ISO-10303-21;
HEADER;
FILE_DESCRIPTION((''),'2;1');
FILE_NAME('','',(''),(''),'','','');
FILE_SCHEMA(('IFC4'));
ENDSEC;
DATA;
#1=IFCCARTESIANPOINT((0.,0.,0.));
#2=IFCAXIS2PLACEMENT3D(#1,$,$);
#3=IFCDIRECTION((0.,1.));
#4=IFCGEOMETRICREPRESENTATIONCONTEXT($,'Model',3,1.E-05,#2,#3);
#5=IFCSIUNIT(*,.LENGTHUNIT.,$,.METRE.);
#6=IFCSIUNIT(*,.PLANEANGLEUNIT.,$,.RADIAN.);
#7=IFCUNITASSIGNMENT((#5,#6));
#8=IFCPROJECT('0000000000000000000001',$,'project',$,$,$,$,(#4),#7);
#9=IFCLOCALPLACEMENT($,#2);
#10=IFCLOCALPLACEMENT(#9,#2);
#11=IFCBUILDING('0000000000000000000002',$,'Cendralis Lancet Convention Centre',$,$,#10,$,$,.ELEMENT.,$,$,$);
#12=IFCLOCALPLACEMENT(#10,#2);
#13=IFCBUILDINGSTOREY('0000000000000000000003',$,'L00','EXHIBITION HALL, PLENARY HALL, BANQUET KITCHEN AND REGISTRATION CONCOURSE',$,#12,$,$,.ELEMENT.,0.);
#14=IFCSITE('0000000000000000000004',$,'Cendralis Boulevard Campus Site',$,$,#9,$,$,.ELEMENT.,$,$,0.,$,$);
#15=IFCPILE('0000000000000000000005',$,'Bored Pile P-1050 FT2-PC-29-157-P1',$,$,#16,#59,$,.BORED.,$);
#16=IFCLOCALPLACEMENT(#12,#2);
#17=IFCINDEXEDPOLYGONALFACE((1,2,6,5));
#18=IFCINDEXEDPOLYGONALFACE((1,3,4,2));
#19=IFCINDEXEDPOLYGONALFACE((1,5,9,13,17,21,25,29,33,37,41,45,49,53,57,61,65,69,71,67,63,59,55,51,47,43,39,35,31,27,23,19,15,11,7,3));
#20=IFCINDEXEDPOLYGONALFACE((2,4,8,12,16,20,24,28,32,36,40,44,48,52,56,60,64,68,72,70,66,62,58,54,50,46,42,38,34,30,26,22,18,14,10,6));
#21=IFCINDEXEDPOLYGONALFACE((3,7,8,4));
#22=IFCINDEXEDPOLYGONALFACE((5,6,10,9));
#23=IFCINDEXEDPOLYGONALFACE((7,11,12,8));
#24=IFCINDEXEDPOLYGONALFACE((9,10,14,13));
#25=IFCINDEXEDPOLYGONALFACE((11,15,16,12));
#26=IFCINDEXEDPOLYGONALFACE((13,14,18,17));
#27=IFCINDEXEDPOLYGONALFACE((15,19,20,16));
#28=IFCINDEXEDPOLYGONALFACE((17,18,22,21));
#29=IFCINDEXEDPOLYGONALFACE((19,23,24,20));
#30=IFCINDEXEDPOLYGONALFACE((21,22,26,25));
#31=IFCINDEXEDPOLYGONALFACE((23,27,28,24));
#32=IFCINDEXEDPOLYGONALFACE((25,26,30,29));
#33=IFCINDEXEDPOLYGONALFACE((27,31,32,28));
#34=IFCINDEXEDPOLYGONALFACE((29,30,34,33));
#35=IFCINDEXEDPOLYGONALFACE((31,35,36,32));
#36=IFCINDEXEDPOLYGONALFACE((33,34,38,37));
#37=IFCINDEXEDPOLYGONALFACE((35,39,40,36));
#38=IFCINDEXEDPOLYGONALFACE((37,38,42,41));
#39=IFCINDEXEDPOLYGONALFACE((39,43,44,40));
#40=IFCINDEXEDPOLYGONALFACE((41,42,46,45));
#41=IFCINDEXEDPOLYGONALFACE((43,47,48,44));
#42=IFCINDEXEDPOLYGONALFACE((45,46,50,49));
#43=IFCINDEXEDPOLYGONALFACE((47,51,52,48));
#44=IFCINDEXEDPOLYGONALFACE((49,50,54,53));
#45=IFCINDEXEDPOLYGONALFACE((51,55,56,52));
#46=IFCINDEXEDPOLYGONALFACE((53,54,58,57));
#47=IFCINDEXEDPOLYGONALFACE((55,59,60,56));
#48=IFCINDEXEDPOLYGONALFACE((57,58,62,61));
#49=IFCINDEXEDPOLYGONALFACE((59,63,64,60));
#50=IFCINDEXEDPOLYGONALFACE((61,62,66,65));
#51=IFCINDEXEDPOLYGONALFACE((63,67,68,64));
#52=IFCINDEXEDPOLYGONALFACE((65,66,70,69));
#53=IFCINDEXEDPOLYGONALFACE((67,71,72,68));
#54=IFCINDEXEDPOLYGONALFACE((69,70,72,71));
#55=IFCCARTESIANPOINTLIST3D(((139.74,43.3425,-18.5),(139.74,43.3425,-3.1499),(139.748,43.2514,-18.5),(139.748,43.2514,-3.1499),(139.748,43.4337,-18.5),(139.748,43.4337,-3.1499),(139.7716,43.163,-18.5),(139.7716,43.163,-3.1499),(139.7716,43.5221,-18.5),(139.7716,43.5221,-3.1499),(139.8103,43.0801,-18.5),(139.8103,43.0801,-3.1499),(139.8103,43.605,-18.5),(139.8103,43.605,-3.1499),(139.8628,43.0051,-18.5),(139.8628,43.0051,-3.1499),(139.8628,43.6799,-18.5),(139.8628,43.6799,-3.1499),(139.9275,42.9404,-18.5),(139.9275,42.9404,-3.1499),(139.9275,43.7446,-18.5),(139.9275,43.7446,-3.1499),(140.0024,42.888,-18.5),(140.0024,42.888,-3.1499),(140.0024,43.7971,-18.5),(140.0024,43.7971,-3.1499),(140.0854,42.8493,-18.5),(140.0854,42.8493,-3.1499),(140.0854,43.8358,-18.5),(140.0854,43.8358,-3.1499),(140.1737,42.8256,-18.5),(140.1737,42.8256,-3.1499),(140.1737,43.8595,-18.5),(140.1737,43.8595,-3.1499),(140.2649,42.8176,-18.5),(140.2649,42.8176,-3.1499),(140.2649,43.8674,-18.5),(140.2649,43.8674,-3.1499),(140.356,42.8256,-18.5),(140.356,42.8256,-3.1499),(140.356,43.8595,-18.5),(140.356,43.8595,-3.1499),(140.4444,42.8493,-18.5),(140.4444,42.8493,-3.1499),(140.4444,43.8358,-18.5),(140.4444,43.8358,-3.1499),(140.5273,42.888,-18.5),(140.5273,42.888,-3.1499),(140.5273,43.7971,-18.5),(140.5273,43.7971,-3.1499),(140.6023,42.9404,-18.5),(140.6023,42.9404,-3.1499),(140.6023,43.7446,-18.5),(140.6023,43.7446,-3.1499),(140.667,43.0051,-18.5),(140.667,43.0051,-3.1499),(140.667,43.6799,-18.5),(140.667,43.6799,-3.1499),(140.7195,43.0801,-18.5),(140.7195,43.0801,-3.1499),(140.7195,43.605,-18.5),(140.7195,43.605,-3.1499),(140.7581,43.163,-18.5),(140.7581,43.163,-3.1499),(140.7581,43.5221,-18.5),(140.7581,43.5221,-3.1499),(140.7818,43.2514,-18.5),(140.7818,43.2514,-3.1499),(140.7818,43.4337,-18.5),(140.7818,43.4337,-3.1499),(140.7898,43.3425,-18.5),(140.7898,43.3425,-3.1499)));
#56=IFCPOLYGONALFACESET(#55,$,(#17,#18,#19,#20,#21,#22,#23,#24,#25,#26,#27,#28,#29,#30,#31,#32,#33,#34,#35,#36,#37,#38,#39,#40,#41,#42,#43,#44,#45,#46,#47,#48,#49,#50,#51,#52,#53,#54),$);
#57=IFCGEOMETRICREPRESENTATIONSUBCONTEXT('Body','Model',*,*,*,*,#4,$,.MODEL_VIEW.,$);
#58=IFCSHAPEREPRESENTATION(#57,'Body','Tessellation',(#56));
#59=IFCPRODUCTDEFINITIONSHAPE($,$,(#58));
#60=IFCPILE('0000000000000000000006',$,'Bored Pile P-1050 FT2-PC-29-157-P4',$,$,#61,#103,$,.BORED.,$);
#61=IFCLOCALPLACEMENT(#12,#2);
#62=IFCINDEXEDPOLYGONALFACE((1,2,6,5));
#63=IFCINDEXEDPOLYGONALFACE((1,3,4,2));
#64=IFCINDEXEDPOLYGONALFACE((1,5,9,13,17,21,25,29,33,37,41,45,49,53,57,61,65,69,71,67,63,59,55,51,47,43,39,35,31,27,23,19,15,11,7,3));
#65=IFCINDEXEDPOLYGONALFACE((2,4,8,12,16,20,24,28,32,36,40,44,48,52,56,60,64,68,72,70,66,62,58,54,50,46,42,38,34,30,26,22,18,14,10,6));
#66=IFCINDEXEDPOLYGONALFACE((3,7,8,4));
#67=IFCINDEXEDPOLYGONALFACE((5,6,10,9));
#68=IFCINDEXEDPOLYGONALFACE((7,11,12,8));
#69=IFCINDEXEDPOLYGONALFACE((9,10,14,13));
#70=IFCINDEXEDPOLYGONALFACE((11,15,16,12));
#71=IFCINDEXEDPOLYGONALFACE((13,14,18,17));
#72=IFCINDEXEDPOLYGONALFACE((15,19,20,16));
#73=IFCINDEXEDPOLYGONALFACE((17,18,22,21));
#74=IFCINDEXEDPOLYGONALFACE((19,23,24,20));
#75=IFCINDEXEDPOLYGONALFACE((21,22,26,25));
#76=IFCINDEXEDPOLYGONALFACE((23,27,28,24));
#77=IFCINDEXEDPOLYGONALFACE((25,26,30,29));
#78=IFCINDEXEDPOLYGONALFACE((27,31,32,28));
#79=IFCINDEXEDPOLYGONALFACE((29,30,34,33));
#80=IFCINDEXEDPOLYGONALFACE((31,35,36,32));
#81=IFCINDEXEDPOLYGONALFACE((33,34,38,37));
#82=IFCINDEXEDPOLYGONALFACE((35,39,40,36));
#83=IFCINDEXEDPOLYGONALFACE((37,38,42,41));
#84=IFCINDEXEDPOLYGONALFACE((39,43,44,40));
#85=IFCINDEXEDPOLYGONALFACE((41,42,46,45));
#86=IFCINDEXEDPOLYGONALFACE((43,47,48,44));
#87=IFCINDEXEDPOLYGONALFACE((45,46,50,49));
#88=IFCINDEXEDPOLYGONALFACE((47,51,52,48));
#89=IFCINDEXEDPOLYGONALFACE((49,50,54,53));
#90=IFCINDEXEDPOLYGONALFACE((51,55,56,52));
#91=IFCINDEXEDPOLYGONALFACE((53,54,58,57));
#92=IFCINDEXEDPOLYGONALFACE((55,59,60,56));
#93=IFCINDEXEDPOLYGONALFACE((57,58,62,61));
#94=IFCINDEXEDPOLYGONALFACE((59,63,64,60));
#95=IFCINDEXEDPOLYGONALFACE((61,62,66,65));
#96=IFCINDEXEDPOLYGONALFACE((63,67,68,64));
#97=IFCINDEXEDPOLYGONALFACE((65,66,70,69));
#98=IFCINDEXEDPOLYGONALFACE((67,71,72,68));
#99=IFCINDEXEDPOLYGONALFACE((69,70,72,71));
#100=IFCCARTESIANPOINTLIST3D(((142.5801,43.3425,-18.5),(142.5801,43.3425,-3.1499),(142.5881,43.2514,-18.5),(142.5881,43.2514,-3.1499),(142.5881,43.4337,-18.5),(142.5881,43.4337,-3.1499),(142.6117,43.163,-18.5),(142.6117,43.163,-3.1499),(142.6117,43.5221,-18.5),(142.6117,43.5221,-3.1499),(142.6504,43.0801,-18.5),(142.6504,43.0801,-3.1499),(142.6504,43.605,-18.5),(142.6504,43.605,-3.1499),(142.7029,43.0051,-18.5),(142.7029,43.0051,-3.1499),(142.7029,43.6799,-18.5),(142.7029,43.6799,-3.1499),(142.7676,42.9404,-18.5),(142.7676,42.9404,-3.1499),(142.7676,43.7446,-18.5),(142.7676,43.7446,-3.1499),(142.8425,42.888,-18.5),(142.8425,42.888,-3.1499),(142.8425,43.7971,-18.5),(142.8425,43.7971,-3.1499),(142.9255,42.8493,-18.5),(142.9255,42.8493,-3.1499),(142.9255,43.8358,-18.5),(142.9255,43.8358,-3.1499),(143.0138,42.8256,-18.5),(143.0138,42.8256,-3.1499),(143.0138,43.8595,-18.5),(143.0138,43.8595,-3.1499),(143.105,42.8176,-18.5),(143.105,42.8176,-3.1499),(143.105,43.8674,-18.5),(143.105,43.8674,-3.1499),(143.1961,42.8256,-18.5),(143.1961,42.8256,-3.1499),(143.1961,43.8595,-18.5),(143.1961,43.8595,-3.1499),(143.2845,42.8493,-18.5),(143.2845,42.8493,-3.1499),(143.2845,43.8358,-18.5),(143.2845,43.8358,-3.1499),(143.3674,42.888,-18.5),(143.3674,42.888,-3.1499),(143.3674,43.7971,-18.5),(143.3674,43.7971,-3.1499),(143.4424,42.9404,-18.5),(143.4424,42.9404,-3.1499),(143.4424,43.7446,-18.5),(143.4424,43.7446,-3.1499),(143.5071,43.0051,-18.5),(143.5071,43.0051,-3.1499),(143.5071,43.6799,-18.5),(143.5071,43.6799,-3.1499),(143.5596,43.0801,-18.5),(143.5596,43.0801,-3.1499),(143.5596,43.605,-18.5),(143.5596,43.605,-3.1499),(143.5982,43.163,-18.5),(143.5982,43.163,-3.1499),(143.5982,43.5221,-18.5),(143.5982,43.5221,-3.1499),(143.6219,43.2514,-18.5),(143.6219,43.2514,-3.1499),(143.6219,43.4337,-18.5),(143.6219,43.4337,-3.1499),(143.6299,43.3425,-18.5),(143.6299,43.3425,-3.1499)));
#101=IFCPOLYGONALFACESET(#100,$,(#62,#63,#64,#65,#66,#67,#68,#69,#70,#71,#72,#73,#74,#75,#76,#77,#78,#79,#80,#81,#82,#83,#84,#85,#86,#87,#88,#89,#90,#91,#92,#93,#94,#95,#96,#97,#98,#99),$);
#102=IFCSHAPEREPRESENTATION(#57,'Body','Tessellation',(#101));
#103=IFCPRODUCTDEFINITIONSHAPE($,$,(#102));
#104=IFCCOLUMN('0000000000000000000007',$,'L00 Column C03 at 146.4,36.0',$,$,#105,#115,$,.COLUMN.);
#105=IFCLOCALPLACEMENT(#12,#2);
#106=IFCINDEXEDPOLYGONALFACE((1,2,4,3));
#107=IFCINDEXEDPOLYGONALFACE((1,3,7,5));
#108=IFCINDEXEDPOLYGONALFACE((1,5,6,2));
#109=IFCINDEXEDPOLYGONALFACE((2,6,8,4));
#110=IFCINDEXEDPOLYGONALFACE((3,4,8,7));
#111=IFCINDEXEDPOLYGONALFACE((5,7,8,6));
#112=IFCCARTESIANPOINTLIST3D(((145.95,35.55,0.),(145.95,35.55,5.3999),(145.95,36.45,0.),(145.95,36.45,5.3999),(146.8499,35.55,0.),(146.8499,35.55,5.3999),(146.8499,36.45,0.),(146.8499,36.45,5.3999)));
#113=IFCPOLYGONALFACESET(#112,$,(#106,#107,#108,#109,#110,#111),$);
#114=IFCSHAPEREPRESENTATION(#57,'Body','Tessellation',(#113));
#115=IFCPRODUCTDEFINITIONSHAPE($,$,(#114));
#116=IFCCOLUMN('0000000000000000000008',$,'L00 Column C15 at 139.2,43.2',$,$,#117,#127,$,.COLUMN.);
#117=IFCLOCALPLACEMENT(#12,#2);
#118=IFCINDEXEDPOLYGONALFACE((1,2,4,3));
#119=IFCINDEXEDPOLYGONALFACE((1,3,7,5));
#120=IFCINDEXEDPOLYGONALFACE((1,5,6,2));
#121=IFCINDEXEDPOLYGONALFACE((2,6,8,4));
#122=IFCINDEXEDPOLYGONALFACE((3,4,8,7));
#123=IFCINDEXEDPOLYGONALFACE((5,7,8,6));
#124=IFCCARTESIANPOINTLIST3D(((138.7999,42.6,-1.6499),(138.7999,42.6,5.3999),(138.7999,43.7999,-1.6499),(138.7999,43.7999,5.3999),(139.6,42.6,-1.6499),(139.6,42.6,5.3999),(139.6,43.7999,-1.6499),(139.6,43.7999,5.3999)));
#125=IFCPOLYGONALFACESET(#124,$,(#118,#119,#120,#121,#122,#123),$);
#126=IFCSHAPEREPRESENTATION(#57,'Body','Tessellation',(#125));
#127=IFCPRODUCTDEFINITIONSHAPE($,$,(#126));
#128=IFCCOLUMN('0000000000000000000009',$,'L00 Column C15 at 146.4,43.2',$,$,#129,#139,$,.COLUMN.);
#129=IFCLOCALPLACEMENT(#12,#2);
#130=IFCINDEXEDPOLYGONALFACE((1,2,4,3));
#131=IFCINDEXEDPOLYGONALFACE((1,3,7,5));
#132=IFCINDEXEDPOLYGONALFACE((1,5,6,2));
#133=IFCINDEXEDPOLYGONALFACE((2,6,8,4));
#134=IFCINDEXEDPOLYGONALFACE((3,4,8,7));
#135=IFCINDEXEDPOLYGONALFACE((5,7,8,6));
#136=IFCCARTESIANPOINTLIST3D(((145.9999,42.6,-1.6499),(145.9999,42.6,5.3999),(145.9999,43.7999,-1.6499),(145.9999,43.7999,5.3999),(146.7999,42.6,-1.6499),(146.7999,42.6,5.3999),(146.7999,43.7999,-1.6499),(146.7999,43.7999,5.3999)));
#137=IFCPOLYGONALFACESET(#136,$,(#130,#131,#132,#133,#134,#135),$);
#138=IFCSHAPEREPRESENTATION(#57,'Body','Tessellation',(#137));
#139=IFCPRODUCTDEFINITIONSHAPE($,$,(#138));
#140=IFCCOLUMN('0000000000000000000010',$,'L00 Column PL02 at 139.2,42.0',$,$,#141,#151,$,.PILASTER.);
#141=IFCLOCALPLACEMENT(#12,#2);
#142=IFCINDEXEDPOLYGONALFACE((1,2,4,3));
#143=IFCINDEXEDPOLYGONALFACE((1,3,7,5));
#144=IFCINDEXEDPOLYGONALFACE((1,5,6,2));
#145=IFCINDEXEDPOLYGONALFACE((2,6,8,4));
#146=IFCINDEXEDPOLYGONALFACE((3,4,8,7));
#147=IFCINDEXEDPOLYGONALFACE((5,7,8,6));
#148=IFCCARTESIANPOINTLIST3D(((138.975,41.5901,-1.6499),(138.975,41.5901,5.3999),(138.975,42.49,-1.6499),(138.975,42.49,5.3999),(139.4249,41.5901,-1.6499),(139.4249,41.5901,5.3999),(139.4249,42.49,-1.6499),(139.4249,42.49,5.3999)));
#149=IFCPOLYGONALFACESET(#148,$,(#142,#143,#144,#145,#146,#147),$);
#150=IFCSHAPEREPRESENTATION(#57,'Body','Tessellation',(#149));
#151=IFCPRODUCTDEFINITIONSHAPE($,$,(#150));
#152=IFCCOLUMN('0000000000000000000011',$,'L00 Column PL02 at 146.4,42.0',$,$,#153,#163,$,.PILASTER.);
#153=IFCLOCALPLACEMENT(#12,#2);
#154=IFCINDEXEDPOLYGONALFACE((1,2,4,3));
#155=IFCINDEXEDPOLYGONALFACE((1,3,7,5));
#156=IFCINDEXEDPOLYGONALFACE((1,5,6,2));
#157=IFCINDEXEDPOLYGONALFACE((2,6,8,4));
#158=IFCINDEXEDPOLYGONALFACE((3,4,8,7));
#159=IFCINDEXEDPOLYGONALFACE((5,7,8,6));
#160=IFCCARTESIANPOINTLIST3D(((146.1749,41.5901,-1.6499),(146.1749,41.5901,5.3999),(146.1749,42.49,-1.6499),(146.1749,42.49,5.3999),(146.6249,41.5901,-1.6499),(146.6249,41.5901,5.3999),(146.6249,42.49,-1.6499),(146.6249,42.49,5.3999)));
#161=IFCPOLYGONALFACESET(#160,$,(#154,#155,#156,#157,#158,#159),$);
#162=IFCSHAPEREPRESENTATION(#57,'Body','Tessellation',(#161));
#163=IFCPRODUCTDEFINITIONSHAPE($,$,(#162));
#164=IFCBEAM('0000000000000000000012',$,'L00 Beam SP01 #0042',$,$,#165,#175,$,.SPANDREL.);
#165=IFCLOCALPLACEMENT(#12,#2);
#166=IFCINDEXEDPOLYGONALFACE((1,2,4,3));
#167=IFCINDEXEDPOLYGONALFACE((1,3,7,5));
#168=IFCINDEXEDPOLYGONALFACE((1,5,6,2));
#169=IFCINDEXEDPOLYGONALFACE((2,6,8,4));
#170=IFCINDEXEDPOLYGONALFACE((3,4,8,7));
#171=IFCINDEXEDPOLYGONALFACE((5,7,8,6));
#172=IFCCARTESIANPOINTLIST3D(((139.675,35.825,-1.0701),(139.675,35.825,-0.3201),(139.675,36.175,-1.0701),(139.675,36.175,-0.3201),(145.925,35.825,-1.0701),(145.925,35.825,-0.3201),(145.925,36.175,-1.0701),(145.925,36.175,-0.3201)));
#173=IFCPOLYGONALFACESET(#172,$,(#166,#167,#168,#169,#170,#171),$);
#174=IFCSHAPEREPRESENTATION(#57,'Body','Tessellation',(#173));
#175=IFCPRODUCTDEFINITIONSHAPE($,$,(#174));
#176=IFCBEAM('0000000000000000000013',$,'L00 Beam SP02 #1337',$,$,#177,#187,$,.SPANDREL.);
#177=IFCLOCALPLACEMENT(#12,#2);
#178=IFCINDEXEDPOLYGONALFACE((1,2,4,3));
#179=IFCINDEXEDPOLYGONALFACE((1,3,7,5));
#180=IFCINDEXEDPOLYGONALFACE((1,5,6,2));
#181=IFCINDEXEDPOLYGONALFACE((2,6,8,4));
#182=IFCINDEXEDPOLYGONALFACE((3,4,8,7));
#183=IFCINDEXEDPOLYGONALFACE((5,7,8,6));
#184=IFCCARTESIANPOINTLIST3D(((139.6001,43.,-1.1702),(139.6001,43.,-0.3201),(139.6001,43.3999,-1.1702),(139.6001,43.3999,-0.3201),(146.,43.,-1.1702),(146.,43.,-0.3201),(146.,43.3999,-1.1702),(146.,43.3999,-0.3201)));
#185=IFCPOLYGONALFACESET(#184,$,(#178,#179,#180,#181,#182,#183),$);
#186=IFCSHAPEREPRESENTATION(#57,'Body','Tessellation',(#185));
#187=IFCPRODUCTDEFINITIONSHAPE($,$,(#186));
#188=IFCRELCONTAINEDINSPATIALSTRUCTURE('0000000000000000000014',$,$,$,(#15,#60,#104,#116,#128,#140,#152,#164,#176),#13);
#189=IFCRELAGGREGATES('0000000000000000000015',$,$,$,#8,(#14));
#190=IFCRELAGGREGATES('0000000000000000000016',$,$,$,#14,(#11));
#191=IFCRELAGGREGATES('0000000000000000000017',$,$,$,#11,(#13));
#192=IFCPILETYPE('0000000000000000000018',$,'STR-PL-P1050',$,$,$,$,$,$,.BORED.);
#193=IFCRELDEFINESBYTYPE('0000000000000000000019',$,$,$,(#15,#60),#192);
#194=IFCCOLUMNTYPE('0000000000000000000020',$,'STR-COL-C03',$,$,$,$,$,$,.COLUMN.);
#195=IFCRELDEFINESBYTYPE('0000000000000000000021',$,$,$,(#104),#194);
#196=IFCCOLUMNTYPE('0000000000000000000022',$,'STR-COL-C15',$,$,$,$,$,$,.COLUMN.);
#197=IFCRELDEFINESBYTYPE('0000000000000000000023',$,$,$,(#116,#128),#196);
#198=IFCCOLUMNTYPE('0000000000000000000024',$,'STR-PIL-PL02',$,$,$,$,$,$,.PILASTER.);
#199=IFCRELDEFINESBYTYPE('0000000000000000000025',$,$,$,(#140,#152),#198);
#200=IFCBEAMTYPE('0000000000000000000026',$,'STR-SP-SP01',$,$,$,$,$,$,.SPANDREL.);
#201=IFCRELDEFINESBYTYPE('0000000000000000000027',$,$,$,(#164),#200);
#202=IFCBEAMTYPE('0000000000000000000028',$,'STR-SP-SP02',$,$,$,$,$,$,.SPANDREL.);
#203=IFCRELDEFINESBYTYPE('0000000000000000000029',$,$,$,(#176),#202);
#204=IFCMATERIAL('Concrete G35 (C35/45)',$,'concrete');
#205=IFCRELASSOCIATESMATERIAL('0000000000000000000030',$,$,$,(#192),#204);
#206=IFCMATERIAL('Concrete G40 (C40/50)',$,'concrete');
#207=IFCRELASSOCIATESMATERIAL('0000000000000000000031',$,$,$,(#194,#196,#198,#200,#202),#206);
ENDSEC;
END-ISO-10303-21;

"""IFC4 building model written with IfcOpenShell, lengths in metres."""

from ifc_helpers import new_model, si_unit, direction, frame, origin, origin_2d, place, context, subcontext, project, spatial, rectangle, circle, extrude, material, material_profile, profile_set, type_object, element, save


model = new_model("IFC4")

# Units and contexts
model_context = context("Model", 3, precision=1e-05, world=origin(), true_north=direction((0.0, 1.0)))
body_context = subcontext(model_context, "Body", "Model", "MODEL_VIEW")
ifc_project = project(units=[si_unit("LENGTHUNIT", "METRE"), si_unit("PLANEANGLEUNIT", "RADIAN")], contexts=[model_context])

# Site, building, storey
site_placement = place(None, origin())
site = spatial("IfcSite", under=ifc_project, at=site_placement, Name="Cendralis Boulevard Campus Site", CompositionType="ELEMENT", RefElevation=0.0)
building_placement = place(site_placement, origin())
building = spatial("IfcBuilding", under=site, at=building_placement, Name="Cendralis Lancet Convention Centre", CompositionType="ELEMENT")
storey_placement = place(building_placement, origin())
storey = spatial("IfcBuildingStorey", under=building, at=storey_placement, Name="L00", Description="EXHIBITION HALL, PLENARY HALL, BANQUET KITCHEN AND REGISTRATION CONCOURSE", CompositionType="ELEMENT", Elevation=0.0)

# Piles
ifc_material_1 = material(Name="Concrete G35 (C35/45)", Category="concrete")
ifc_material_profile_1 = material_profile(ifc_material_1, circle(Radius=0.5249, at=origin_2d()), Name="BORED PILE D1050")
ifc_profile_set_1 = profile_set([ifc_material_profile_1], Name="Concrete G35 (C35/45)")
pile_type = type_object("IfcPileType", Name="STR-PL-P1050", PredefinedType="BORED", material=ifc_profile_set_1)
for number, where, z_axis, x_axis, name in (
    (1, (140.2649, 43.3425, -3.1499), (0.0, 0.0, -1.0), (1.0, 0.0, 0.0), "Bored Pile P-1050 FT2-PC-29-157-P1"),
    (2, (143.105, 43.3425, -3.1499), (0.0, 0.0, -1.0), (1.0, 0.0, 0.0), "Bored Pile P-1050 FT2-PC-29-157-P4"),
):
    element("IfcPile", number, at=place(storey_placement, frame(where, z_axis=z_axis, x_axis=x_axis)), inside=storey, type_object=pile_type, Name=name, PredefinedType="BORED", context=body_context, shape_type="SweptSolid", body=[
        extrude(circle(Radius=0.5249, at=origin_2d()), origin(), (0.0, 0.0, 1.0), 15.3501),
    ])

# Columns
ifc_material_2 = material(Name="Concrete G40 (C40/50)", Category="concrete")
ifc_material_profile_2 = material_profile(ifc_material_2, rectangle(XDim=0.8999, YDim=0.8999, at=origin_2d()), Name="RC 900x900")
ifc_profile_set_2 = profile_set([ifc_material_profile_2], Name="Concrete G40 (C40/50)")
column_type_1 = type_object("IfcColumnType", Name="STR-COL-C03", PredefinedType="COLUMN", material=ifc_profile_set_2)
column_placement = place(storey_placement, frame((146.3999, 36.0, 0.0), z_axis=(0.0, 0.0, 1.0), x_axis=(1.0, 0.0, 0.0)))
element("IfcColumn", 3, at=column_placement, inside=storey, type_object=column_type_1, Name="L00 Column C03 at 146.4,36.0", PredefinedType="COLUMN", context=body_context, shape_type="SweptSolid", body=[
    extrude(rectangle(XDim=0.8999, YDim=0.8999, at=origin_2d()), origin(), (0.0, 0.0, 1.0), 5.3999),
])
ifc_material_profile_3 = material_profile(ifc_material_2, rectangle(XDim=0.8, YDim=1.2, at=origin_2d()), Name="RC 800x1200")
ifc_profile_set_3 = profile_set([ifc_material_profile_3], Name="Concrete G40 (C40/50)")
column_type_2 = type_object("IfcColumnType", Name="STR-COL-C15", PredefinedType="COLUMN", material=ifc_profile_set_3)
for number, where, z_axis, x_axis, name in (
    (4, (139.2, 43.2, -1.6499), (0.0, 0.0, 1.0), (1.0, 0.0, 0.0), "L00 Column C15 at 139.2,43.2"),
    (5, (146.3999, 43.2, -1.6499), (0.0, 0.0, 1.0), (1.0, 0.0, 0.0), "L00 Column C15 at 146.4,43.2"),
):
    element("IfcColumn", number, at=place(storey_placement, frame(where, z_axis=z_axis, x_axis=x_axis)), inside=storey, type_object=column_type_2, Name=name, PredefinedType="COLUMN", context=body_context, shape_type="SweptSolid", body=[
        extrude(rectangle(XDim=0.8, YDim=1.2, at=origin_2d()), origin(), (0.0, 0.0, 1.0), 7.0498),
    ])
ifc_material_profile_4 = material_profile(ifc_material_2, rectangle(XDim=0.45, YDim=0.8999, at=origin_2d()), Name="RC 450x900")
ifc_profile_set_4 = profile_set([ifc_material_profile_4], Name="Concrete G40 (C40/50)")
column_type_3 = type_object("IfcColumnType", Name="STR-PIL-PL02", PredefinedType="PILASTER", material=ifc_profile_set_4)
for number, where, z_axis, x_axis, name in (
    (6, (139.2, 42.04, -1.6499), (0.0, 0.0, 1.0), (1.0, 0.0, 0.0), "L00 Column PL02 at 139.2,42.0"),
    (7, (146.3999, 42.04, -1.6499), (0.0, 0.0, 1.0), (1.0, 0.0, 0.0), "L00 Column PL02 at 146.4,42.0"),
):
    element("IfcColumn", number, at=place(storey_placement, frame(where, z_axis=z_axis, x_axis=x_axis)), inside=storey, type_object=column_type_3, Name=name, PredefinedType="PILASTER", context=body_context, shape_type="SweptSolid", body=[
        extrude(rectangle(XDim=0.45, YDim=0.8999, at=origin_2d()), origin(), (0.0, 0.0, 1.0), 7.0498),
    ])

# Beams
ifc_material_profile_5 = material_profile(ifc_material_2, rectangle(XDim=0.3501, YDim=0.75, at=origin_2d()), Name="RCB 350x750")
ifc_profile_set_5 = profile_set([ifc_material_profile_5], Name="Concrete G40 (C40/50)")
beam_type_1 = type_object("IfcBeamType", Name="STR-SP-SP01", PredefinedType="SPANDREL", material=ifc_profile_set_5)
beam_placement = place(storey_placement, frame((139.675, 36.0, -0.6951), z_axis=(1.0, 0.0, 0.0), x_axis=(0.0, 1.0, 0.0)))
element("IfcBeam", 8, at=beam_placement, inside=storey, type_object=beam_type_1, Name="L00 Beam SP01 #0042", PredefinedType="SPANDREL", context=body_context, shape_type="SweptSolid", body=[
    extrude(rectangle(XDim=0.3501, YDim=0.75, at=origin_2d()), origin(), (0.0, 0.0, 1.0), 6.25),
])
ifc_material_profile_6 = material_profile(ifc_material_2, rectangle(XDim=0.3999, YDim=0.8501, at=origin_2d()), Name="RCB 400x850")
ifc_profile_set_6 = profile_set([ifc_material_profile_6], Name="Concrete G40 (C40/50)")
beam_type_2 = type_object("IfcBeamType", Name="STR-SP-SP02", PredefinedType="SPANDREL", material=ifc_profile_set_6)
for number, where, z_axis, x_axis, name in (
    (9, (139.6001, 43.2, -0.7451), (1.0, 0.0, 0.0), (0.0, 1.0, 0.0), "L00 Beam SP02 #1337"),
):
    element("IfcBeam", number, at=place(storey_placement, frame(where, z_axis=z_axis, x_axis=x_axis)), inside=storey, type_object=beam_type_2, Name=name, PredefinedType="SPANDREL", context=body_context, shape_type="SweptSolid", body=[
        extrude(rectangle(XDim=0.3999, YDim=0.8501, at=origin_2d()), origin(), (0.0, 0.0, 1.0), 6.3999),
    ])

save(model, "model.ifc")
